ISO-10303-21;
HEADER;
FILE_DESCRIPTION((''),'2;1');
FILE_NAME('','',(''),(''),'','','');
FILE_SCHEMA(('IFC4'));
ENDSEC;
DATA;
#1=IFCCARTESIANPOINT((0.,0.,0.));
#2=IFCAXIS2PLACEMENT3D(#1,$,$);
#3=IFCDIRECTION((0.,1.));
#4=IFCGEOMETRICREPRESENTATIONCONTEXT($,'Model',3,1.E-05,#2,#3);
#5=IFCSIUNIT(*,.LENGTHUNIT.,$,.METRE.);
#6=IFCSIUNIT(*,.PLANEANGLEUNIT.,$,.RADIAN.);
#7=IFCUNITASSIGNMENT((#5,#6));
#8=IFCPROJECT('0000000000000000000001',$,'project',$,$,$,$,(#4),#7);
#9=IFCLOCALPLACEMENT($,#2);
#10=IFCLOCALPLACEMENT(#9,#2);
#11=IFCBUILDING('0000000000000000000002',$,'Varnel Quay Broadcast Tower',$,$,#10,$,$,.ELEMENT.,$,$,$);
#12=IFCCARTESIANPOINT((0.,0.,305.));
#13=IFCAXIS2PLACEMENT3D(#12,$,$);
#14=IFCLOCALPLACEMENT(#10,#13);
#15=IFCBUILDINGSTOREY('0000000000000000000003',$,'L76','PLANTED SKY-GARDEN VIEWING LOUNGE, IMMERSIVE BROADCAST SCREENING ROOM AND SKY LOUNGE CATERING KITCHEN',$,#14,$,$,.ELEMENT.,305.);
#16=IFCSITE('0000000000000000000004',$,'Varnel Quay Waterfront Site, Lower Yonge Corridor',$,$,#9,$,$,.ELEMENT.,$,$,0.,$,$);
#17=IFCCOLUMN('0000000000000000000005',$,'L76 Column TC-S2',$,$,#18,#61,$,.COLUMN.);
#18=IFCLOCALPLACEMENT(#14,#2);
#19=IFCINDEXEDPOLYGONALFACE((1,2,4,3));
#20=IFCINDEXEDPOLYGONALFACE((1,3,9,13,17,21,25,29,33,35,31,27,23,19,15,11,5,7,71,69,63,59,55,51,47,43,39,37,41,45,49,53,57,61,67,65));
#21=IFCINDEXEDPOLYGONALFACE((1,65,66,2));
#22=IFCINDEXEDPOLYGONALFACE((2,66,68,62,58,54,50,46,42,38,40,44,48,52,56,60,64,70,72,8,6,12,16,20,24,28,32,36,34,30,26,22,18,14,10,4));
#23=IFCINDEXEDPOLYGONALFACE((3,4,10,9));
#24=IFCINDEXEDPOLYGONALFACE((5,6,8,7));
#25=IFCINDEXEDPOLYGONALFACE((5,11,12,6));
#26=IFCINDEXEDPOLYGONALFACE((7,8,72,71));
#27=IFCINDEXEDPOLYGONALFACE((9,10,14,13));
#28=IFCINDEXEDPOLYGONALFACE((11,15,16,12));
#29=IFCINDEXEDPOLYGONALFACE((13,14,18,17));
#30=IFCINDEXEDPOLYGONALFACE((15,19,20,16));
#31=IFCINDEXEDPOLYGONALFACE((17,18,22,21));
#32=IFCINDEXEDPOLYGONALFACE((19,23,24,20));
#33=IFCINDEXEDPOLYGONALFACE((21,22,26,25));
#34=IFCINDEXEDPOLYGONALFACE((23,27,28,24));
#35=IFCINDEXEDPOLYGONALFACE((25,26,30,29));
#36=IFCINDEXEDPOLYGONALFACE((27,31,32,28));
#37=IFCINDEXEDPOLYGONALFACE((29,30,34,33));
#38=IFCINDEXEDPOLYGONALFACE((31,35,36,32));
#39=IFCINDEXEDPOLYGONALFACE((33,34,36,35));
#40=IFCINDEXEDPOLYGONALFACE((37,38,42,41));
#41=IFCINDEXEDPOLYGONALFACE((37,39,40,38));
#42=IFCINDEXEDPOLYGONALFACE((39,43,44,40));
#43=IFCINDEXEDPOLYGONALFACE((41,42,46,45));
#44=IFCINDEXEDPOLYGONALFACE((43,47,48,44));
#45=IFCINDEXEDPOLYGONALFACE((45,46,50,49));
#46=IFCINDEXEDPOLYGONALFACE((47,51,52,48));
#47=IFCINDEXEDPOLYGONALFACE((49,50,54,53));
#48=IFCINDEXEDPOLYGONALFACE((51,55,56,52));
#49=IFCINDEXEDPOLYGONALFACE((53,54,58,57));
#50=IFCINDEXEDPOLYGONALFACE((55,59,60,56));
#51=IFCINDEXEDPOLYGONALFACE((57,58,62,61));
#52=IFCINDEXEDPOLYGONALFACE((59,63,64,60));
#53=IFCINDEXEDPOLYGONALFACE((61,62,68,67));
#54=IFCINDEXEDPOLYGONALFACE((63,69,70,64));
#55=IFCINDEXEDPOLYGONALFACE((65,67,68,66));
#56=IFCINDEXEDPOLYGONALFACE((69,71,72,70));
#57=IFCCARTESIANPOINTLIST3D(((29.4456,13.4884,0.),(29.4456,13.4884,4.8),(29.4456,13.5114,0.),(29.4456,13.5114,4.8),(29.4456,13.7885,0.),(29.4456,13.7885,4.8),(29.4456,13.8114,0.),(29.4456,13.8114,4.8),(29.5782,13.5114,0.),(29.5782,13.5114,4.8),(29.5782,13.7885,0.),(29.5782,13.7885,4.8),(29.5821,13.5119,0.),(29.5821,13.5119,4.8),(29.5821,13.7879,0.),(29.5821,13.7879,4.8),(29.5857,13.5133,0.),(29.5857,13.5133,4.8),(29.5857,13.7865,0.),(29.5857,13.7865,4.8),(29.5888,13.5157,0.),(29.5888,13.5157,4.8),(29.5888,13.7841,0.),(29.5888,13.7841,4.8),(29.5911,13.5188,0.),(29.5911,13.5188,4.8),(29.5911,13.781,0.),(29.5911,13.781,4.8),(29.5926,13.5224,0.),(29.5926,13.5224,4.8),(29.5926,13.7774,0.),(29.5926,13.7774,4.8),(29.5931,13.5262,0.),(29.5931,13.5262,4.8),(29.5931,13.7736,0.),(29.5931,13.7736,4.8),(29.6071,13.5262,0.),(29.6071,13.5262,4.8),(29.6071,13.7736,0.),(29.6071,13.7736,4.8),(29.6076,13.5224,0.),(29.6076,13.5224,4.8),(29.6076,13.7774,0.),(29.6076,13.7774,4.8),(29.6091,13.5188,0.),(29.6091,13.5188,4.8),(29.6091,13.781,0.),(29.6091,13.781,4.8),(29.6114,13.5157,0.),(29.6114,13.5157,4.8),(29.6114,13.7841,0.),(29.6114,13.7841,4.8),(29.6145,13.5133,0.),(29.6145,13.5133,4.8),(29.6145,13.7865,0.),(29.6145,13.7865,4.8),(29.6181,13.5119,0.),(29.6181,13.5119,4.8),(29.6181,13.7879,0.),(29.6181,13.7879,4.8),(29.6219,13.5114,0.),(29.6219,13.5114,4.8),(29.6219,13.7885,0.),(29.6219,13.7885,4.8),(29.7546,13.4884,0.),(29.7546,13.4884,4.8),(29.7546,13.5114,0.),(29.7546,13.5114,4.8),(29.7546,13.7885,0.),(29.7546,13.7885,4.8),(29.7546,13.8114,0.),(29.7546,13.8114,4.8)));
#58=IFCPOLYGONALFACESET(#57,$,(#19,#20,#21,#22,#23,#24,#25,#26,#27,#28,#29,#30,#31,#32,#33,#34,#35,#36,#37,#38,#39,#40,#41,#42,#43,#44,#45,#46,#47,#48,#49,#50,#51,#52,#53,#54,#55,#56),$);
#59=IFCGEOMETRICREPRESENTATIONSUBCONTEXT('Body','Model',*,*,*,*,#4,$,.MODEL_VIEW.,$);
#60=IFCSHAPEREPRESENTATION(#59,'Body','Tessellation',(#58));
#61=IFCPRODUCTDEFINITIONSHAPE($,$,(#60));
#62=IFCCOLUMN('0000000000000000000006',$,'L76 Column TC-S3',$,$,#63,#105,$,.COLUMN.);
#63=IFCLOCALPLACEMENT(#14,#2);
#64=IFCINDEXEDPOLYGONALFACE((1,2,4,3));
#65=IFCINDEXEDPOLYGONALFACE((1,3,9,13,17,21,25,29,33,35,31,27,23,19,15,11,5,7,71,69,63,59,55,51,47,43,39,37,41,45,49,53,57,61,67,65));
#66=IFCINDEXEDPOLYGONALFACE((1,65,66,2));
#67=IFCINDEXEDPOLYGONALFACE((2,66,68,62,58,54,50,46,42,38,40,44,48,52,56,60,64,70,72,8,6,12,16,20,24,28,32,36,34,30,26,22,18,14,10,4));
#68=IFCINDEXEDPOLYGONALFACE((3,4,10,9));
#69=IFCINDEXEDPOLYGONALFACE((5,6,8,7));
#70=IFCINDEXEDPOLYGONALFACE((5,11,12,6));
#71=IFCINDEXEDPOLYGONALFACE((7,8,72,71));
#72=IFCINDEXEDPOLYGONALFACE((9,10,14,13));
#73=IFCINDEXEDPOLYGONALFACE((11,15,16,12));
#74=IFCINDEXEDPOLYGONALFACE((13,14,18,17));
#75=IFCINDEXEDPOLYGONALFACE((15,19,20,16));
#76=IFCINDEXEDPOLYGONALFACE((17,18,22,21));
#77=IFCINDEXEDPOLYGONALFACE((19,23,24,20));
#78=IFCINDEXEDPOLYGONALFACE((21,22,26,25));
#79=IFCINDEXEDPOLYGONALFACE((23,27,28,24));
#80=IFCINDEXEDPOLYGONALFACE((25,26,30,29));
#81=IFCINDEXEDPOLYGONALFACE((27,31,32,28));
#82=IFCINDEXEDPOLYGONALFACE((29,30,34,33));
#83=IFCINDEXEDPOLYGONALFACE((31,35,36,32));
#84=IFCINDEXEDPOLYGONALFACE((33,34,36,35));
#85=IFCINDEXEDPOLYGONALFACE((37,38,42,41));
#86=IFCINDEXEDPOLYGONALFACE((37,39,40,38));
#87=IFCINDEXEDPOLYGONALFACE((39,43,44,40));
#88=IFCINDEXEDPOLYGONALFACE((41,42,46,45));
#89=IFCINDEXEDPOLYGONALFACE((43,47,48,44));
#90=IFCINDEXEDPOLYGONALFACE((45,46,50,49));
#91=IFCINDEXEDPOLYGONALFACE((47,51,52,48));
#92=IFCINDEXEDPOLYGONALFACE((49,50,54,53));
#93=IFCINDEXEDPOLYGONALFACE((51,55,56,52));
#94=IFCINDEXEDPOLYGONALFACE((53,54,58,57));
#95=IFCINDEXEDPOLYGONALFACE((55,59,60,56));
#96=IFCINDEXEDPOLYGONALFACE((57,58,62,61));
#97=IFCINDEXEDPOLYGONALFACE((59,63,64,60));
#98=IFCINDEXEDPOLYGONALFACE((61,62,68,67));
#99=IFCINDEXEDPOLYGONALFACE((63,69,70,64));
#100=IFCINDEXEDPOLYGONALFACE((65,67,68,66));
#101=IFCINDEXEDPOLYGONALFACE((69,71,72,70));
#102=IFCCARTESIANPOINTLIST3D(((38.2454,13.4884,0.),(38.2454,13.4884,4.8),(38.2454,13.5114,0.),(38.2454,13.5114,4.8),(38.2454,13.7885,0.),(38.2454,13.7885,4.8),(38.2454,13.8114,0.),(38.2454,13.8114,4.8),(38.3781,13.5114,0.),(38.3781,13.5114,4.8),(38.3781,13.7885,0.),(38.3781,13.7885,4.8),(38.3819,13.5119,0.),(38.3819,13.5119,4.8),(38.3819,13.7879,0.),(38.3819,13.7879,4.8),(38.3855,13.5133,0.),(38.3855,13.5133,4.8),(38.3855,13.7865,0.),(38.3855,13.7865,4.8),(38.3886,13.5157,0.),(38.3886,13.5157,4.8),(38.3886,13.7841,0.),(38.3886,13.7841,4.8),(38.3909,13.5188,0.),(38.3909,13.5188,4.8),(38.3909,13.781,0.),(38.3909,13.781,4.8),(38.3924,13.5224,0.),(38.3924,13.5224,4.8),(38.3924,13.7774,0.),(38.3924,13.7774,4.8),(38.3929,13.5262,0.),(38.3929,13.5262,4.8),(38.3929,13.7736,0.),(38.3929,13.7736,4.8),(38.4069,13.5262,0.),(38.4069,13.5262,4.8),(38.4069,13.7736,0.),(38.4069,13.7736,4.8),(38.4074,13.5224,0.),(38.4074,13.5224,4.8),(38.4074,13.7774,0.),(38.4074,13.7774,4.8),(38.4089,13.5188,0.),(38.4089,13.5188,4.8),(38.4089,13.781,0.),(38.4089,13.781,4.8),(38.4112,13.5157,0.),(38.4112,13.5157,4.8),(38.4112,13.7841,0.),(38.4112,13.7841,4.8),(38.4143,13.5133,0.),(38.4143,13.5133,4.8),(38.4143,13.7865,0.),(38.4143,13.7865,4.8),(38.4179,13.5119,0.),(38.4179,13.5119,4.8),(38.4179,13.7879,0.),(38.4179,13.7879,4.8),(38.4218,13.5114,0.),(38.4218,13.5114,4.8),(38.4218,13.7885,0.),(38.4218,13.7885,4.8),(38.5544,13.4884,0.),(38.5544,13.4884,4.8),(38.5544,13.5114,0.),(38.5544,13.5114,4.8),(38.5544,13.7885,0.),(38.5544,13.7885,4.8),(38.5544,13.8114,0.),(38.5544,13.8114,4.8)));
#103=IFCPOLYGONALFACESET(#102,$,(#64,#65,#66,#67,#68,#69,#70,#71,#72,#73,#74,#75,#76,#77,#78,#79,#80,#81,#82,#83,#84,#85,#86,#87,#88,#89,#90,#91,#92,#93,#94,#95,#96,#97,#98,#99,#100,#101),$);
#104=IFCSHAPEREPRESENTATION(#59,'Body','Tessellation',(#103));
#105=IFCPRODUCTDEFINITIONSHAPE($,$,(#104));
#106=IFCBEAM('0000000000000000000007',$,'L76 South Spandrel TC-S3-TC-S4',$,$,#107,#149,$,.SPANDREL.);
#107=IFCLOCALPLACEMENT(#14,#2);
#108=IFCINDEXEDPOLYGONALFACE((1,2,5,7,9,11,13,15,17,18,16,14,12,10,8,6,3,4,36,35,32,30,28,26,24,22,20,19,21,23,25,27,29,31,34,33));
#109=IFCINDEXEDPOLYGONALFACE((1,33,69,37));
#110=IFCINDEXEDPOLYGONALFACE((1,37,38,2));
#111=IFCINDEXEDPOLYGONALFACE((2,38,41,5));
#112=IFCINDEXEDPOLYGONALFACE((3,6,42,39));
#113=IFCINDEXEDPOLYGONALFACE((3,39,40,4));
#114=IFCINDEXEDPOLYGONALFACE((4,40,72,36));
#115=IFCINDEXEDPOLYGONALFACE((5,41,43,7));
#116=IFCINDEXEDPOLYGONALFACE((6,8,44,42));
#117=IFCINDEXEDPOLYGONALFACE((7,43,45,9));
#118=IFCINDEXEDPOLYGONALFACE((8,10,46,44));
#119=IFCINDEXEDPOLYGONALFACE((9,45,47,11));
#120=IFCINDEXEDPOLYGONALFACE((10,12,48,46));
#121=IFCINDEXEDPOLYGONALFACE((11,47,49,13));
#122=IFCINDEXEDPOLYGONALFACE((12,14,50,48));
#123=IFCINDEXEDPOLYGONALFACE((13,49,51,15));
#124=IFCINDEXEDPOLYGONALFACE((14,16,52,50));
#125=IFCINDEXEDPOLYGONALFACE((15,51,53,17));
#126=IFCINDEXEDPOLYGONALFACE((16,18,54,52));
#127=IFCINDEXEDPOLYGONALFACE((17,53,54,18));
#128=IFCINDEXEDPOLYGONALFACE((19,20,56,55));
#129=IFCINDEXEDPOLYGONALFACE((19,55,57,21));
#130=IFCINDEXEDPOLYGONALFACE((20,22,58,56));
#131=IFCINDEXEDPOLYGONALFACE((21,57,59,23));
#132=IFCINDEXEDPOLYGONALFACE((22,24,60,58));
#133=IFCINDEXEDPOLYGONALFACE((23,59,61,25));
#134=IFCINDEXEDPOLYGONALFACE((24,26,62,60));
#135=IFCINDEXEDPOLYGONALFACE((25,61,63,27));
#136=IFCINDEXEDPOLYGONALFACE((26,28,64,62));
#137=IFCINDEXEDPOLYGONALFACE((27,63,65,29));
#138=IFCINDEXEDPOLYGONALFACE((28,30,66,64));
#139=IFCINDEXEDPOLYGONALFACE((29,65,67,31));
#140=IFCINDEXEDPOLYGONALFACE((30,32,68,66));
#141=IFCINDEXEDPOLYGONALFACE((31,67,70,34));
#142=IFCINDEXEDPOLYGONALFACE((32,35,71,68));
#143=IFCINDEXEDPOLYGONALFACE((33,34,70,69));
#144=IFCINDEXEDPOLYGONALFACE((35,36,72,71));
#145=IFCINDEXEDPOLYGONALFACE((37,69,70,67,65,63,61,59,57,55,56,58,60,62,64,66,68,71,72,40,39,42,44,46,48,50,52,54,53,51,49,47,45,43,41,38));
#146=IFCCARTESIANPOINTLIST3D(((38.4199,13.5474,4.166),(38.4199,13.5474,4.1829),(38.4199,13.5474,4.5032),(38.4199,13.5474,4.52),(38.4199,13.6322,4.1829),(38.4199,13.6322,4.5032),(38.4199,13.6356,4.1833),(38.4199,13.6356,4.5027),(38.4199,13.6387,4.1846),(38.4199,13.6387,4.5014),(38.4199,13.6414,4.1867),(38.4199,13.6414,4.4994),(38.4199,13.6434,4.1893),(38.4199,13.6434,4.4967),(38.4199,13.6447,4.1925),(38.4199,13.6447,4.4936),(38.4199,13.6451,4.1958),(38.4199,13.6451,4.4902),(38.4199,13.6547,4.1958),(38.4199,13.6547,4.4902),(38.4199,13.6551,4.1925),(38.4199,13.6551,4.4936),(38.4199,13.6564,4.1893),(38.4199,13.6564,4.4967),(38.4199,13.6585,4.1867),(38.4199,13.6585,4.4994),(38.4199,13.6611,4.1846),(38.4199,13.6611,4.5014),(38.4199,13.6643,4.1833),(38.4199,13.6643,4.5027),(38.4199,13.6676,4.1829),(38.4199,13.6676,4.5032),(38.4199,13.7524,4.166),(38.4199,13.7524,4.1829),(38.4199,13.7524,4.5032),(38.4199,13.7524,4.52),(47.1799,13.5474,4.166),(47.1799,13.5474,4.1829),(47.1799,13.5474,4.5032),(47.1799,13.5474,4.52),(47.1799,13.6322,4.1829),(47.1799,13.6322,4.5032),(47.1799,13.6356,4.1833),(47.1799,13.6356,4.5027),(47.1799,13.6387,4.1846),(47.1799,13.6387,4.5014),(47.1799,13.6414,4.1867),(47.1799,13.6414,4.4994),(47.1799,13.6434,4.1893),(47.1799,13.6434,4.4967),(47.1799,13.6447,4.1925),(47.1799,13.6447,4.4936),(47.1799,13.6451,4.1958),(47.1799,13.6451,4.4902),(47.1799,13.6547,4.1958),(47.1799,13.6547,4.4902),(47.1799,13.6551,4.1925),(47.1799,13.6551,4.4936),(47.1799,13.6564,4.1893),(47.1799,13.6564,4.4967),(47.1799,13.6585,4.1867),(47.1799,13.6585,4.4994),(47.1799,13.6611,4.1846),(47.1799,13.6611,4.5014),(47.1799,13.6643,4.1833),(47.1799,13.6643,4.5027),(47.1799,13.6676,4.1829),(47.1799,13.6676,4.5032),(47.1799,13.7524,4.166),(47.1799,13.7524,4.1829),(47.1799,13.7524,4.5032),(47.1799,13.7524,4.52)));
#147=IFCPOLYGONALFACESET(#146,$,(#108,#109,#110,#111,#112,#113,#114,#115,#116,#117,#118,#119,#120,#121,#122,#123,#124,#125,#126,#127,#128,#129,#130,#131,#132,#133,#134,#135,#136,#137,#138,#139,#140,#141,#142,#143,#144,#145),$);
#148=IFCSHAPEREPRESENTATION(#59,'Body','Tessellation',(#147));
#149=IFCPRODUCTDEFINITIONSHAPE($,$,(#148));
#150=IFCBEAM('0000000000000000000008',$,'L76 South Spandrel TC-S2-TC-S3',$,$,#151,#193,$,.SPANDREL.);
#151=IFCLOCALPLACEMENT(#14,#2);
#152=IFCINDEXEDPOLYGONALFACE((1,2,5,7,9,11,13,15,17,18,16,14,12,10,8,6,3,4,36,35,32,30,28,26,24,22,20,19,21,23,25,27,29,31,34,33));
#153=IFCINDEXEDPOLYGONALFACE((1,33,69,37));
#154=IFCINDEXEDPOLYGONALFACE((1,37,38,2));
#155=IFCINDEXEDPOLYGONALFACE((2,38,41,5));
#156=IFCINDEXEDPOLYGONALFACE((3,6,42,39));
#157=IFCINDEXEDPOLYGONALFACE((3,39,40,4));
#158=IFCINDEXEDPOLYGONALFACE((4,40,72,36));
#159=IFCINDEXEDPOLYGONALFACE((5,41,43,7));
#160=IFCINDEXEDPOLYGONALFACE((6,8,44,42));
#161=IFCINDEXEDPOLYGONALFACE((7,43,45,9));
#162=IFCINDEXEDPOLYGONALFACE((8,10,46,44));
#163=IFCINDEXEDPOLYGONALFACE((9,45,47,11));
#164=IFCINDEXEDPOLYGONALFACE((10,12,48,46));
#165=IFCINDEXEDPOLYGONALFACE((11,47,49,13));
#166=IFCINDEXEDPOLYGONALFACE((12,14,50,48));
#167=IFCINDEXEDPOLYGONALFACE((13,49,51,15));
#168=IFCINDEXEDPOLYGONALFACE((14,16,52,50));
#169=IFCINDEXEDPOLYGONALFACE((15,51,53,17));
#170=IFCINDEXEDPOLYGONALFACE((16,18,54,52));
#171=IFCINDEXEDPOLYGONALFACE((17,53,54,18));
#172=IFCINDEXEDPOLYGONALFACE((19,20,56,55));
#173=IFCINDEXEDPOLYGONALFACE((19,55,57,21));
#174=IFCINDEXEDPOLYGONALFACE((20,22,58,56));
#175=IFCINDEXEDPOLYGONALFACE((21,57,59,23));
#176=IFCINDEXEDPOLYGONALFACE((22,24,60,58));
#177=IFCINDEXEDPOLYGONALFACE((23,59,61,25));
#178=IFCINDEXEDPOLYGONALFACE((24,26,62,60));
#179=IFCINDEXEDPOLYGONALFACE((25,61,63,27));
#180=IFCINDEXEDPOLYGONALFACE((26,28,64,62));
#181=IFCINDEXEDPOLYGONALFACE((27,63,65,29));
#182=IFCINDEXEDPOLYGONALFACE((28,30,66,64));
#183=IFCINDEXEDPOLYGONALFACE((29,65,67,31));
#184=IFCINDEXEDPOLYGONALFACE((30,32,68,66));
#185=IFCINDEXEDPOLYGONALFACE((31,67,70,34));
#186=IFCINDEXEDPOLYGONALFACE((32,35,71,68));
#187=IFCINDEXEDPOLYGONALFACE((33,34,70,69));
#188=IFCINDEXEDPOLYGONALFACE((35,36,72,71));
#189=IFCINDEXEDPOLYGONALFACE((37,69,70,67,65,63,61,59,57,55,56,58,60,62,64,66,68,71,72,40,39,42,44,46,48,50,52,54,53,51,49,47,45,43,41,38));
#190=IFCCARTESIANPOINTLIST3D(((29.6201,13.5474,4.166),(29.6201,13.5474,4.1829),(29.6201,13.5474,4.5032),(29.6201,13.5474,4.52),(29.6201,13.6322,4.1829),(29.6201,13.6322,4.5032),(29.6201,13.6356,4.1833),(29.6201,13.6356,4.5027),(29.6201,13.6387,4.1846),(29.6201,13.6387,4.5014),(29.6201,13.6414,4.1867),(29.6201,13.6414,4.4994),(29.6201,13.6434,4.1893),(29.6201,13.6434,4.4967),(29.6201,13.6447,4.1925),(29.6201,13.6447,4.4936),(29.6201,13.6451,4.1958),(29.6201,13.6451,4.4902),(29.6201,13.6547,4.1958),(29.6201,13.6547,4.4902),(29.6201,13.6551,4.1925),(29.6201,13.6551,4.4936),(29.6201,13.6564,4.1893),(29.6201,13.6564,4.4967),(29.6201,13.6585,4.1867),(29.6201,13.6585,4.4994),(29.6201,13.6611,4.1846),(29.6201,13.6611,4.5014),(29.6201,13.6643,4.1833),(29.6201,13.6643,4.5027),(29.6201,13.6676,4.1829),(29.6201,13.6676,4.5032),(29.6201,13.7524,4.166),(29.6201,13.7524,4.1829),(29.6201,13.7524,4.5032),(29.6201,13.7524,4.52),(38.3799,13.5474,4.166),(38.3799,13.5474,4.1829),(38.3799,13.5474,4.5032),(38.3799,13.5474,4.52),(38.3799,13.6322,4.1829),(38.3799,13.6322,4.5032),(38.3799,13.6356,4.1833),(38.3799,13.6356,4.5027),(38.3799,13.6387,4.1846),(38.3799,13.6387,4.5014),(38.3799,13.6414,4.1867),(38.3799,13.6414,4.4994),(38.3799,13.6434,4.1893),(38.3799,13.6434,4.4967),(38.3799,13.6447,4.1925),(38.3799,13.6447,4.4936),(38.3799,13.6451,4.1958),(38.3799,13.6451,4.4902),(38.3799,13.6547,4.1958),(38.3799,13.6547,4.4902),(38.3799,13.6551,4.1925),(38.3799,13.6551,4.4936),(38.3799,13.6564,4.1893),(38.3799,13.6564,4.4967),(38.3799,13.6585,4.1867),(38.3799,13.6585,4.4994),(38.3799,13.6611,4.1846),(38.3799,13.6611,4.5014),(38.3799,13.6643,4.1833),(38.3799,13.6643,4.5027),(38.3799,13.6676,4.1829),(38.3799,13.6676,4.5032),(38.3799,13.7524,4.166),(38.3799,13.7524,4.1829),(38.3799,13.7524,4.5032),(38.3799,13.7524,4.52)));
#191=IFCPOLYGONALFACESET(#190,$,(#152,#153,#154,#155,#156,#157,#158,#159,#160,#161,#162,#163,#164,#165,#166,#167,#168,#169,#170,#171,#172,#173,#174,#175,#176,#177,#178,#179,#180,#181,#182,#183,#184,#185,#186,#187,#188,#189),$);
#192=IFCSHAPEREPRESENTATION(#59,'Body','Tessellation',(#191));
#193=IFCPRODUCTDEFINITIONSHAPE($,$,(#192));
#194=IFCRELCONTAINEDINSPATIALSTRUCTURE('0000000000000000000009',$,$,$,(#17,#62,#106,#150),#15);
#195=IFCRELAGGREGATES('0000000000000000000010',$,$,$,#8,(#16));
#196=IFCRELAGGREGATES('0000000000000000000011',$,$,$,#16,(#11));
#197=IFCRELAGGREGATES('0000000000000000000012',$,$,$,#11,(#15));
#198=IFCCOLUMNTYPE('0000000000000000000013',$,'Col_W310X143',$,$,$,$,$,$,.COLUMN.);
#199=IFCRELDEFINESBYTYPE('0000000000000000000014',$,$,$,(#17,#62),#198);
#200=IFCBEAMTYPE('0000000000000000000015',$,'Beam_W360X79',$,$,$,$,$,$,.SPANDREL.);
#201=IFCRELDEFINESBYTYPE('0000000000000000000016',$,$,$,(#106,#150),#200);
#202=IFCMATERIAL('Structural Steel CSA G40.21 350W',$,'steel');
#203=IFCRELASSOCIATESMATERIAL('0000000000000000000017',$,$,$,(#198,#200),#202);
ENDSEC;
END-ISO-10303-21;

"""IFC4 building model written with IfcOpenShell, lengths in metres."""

from ifc_helpers import new_model, si_unit, direction, frame, origin, origin_2d, place, context, subcontext, project, spatial, i_section, extrude, source, transform, mapped, material, material_profile, profile_set, type_object, type_shapes, element, save


model = new_model("IFC4")

# Units and contexts
model_context = context("Model", 3, precision=1e-05, world=origin(), true_north=direction((0.0, 1.0)))
body_context = subcontext(model_context, "Body", "Model", "MODEL_VIEW")
ifc_project = project(units=[si_unit("LENGTHUNIT", "METRE"), si_unit("PLANEANGLEUNIT", "RADIAN")], contexts=[model_context])

# Site, building, storey
site_placement = place(None, origin())
site = spatial("IfcSite", under=ifc_project, at=site_placement, Name="Varnel Quay Waterfront Site, Lower Yonge Corridor", CompositionType="ELEMENT", RefElevation=0.0)
building_placement = place(site_placement, origin())
building = spatial("IfcBuilding", under=site, at=building_placement, Name="Varnel Quay Broadcast Tower", CompositionType="ELEMENT")
storey_placement = place(building_placement, frame((0.0, 0.0, 305.0)))
storey = spatial("IfcBuildingStorey", under=building, at=storey_placement, Name="L76", Description="PLANTED SKY-GARDEN VIEWING LOUNGE, IMMERSIVE BROADCAST SCREENING ROOM AND SKY LOUNGE CATERING KITCHEN", CompositionType="ELEMENT", Elevation=305.0)

# Columns
ifc_material_1 = material(Name="Structural Steel CSA G40.21 350W", Category="steel")
ifc_material_profile_1 = material_profile(ifc_material_1, i_section(OverallWidth=0.3091, OverallDepth=0.323, WebThickness=0.0139, FlangeThickness=0.0229, FilletRadius=0.0149, at=origin_2d()), Name="W310X143")
ifc_profile_set_1 = profile_set([ifc_material_profile_1], Name="Structural Steel CSA G40.21 350W")
column_type = type_object("IfcColumnType", Name="Col_W310X143", PredefinedType="COLUMN", material=ifc_profile_set_1)
shared_shape_1 = source(origin(), body_context, "Body", "SweptSolid", [
    extrude(i_section(OverallWidth=0.3091, OverallDepth=0.323, WebThickness=0.0139, FlangeThickness=0.0229, FilletRadius=0.0149, at=origin_2d()), origin(), (0.0, 0.0, 1.0), 4.8),
])
type_shapes(column_type, [shared_shape_1])
for number, where, z_axis, x_axis, name in (
    (1, (29.6001, 13.6499, 0.0), (0.0, 0.0, 1.0), (1.0, 0.0, 0.0), "L76 Column TC-S2"),
    (2, (38.3999, 13.6499, 0.0), (0.0, 0.0, 1.0), (1.0, 0.0, 0.0), "L76 Column TC-S3"),
):
    element("IfcColumn", number, at=place(storey_placement, frame(where, z_axis=z_axis, x_axis=x_axis)), inside=storey, type_object=column_type, Name=name, PredefinedType="COLUMN", context=body_context, shape_type="MappedRepresentation", body=[
        mapped(shared_shape_1, transform((0.0, 0.0, 0.0), x_axis=(1.0, 0.0, 0.0), y_axis=(0.0, 1.0, 0.0), z_axis=(0.0, 0.0, 1.0), scale=1.0)),
    ])

# Beams
ifc_material_profile_2 = material_profile(ifc_material_1, i_section(OverallWidth=0.2051, OverallDepth=0.354, WebThickness=0.0095, FlangeThickness=0.0168, FilletRadius=0.0129, at=origin_2d()), Name="W360X79")
ifc_profile_set_2 = profile_set([ifc_material_profile_2], Name="Structural Steel CSA G40.21 350W")
beam_type_1 = type_object("IfcBeamType", Name="Beam_W360X79", PredefinedType="SPANDREL", material=ifc_profile_set_2)
shared_shape_2 = source(origin(), body_context, "Body", "SweptSolid", [
    extrude(i_section(OverallWidth=0.2051, OverallDepth=0.354, WebThickness=0.0095, FlangeThickness=0.0168, FilletRadius=0.0129, at=origin_2d()), origin(), (0.0, 0.0, 1.0), 8.76),
])
beam_1_placement = place(storey_placement, frame((38.4199, 13.6499, 4.343), z_axis=(1.0, 0.0, 0.0), x_axis=(0.0, 1.0, 0.0)))
element("IfcBeam", 3, at=beam_1_placement, inside=storey, type_object=beam_type_1, Name="L76 South Spandrel TC-S3-TC-S4", PredefinedType="SPANDREL", context=body_context, shape_type="MappedRepresentation", body=[
    mapped(shared_shape_2, transform((0.0, 0.0, 0.0), x_axis=(1.0, 0.0, 0.0), y_axis=(0.0, 1.0, 0.0), z_axis=(0.0, 0.0, 1.0), scale=1.0)),
])
shared_shape_3 = source(origin(), body_context, "Body", "SweptSolid", [
    extrude(i_section(OverallWidth=0.2051, OverallDepth=0.354, WebThickness=0.0095, FlangeThickness=0.0168, FilletRadius=0.0129, at=origin_2d()), origin(), (0.0, 0.0, 1.0), 8.7598),
])
type_shapes(beam_type_1, [shared_shape_2, shared_shape_3])
beam_2_placement = place(storey_placement, frame((29.6201, 13.6499, 4.343), z_axis=(1.0, 0.0, 0.0), x_axis=(0.0, 1.0, 0.0)))
element("IfcBeam", 4, at=beam_2_placement, inside=storey, type_object=beam_type_1, Name="L76 South Spandrel TC-S2-TC-S3", PredefinedType="SPANDREL", context=body_context, shape_type="MappedRepresentation", body=[
    mapped(shared_shape_3, transform((0.0, 0.0, 0.0), x_axis=(1.0, 0.0, 0.0), y_axis=(0.0, 1.0, 0.0), z_axis=(0.0, 0.0, 1.0), scale=1.0)),
])

save(model, "model.ifc")
